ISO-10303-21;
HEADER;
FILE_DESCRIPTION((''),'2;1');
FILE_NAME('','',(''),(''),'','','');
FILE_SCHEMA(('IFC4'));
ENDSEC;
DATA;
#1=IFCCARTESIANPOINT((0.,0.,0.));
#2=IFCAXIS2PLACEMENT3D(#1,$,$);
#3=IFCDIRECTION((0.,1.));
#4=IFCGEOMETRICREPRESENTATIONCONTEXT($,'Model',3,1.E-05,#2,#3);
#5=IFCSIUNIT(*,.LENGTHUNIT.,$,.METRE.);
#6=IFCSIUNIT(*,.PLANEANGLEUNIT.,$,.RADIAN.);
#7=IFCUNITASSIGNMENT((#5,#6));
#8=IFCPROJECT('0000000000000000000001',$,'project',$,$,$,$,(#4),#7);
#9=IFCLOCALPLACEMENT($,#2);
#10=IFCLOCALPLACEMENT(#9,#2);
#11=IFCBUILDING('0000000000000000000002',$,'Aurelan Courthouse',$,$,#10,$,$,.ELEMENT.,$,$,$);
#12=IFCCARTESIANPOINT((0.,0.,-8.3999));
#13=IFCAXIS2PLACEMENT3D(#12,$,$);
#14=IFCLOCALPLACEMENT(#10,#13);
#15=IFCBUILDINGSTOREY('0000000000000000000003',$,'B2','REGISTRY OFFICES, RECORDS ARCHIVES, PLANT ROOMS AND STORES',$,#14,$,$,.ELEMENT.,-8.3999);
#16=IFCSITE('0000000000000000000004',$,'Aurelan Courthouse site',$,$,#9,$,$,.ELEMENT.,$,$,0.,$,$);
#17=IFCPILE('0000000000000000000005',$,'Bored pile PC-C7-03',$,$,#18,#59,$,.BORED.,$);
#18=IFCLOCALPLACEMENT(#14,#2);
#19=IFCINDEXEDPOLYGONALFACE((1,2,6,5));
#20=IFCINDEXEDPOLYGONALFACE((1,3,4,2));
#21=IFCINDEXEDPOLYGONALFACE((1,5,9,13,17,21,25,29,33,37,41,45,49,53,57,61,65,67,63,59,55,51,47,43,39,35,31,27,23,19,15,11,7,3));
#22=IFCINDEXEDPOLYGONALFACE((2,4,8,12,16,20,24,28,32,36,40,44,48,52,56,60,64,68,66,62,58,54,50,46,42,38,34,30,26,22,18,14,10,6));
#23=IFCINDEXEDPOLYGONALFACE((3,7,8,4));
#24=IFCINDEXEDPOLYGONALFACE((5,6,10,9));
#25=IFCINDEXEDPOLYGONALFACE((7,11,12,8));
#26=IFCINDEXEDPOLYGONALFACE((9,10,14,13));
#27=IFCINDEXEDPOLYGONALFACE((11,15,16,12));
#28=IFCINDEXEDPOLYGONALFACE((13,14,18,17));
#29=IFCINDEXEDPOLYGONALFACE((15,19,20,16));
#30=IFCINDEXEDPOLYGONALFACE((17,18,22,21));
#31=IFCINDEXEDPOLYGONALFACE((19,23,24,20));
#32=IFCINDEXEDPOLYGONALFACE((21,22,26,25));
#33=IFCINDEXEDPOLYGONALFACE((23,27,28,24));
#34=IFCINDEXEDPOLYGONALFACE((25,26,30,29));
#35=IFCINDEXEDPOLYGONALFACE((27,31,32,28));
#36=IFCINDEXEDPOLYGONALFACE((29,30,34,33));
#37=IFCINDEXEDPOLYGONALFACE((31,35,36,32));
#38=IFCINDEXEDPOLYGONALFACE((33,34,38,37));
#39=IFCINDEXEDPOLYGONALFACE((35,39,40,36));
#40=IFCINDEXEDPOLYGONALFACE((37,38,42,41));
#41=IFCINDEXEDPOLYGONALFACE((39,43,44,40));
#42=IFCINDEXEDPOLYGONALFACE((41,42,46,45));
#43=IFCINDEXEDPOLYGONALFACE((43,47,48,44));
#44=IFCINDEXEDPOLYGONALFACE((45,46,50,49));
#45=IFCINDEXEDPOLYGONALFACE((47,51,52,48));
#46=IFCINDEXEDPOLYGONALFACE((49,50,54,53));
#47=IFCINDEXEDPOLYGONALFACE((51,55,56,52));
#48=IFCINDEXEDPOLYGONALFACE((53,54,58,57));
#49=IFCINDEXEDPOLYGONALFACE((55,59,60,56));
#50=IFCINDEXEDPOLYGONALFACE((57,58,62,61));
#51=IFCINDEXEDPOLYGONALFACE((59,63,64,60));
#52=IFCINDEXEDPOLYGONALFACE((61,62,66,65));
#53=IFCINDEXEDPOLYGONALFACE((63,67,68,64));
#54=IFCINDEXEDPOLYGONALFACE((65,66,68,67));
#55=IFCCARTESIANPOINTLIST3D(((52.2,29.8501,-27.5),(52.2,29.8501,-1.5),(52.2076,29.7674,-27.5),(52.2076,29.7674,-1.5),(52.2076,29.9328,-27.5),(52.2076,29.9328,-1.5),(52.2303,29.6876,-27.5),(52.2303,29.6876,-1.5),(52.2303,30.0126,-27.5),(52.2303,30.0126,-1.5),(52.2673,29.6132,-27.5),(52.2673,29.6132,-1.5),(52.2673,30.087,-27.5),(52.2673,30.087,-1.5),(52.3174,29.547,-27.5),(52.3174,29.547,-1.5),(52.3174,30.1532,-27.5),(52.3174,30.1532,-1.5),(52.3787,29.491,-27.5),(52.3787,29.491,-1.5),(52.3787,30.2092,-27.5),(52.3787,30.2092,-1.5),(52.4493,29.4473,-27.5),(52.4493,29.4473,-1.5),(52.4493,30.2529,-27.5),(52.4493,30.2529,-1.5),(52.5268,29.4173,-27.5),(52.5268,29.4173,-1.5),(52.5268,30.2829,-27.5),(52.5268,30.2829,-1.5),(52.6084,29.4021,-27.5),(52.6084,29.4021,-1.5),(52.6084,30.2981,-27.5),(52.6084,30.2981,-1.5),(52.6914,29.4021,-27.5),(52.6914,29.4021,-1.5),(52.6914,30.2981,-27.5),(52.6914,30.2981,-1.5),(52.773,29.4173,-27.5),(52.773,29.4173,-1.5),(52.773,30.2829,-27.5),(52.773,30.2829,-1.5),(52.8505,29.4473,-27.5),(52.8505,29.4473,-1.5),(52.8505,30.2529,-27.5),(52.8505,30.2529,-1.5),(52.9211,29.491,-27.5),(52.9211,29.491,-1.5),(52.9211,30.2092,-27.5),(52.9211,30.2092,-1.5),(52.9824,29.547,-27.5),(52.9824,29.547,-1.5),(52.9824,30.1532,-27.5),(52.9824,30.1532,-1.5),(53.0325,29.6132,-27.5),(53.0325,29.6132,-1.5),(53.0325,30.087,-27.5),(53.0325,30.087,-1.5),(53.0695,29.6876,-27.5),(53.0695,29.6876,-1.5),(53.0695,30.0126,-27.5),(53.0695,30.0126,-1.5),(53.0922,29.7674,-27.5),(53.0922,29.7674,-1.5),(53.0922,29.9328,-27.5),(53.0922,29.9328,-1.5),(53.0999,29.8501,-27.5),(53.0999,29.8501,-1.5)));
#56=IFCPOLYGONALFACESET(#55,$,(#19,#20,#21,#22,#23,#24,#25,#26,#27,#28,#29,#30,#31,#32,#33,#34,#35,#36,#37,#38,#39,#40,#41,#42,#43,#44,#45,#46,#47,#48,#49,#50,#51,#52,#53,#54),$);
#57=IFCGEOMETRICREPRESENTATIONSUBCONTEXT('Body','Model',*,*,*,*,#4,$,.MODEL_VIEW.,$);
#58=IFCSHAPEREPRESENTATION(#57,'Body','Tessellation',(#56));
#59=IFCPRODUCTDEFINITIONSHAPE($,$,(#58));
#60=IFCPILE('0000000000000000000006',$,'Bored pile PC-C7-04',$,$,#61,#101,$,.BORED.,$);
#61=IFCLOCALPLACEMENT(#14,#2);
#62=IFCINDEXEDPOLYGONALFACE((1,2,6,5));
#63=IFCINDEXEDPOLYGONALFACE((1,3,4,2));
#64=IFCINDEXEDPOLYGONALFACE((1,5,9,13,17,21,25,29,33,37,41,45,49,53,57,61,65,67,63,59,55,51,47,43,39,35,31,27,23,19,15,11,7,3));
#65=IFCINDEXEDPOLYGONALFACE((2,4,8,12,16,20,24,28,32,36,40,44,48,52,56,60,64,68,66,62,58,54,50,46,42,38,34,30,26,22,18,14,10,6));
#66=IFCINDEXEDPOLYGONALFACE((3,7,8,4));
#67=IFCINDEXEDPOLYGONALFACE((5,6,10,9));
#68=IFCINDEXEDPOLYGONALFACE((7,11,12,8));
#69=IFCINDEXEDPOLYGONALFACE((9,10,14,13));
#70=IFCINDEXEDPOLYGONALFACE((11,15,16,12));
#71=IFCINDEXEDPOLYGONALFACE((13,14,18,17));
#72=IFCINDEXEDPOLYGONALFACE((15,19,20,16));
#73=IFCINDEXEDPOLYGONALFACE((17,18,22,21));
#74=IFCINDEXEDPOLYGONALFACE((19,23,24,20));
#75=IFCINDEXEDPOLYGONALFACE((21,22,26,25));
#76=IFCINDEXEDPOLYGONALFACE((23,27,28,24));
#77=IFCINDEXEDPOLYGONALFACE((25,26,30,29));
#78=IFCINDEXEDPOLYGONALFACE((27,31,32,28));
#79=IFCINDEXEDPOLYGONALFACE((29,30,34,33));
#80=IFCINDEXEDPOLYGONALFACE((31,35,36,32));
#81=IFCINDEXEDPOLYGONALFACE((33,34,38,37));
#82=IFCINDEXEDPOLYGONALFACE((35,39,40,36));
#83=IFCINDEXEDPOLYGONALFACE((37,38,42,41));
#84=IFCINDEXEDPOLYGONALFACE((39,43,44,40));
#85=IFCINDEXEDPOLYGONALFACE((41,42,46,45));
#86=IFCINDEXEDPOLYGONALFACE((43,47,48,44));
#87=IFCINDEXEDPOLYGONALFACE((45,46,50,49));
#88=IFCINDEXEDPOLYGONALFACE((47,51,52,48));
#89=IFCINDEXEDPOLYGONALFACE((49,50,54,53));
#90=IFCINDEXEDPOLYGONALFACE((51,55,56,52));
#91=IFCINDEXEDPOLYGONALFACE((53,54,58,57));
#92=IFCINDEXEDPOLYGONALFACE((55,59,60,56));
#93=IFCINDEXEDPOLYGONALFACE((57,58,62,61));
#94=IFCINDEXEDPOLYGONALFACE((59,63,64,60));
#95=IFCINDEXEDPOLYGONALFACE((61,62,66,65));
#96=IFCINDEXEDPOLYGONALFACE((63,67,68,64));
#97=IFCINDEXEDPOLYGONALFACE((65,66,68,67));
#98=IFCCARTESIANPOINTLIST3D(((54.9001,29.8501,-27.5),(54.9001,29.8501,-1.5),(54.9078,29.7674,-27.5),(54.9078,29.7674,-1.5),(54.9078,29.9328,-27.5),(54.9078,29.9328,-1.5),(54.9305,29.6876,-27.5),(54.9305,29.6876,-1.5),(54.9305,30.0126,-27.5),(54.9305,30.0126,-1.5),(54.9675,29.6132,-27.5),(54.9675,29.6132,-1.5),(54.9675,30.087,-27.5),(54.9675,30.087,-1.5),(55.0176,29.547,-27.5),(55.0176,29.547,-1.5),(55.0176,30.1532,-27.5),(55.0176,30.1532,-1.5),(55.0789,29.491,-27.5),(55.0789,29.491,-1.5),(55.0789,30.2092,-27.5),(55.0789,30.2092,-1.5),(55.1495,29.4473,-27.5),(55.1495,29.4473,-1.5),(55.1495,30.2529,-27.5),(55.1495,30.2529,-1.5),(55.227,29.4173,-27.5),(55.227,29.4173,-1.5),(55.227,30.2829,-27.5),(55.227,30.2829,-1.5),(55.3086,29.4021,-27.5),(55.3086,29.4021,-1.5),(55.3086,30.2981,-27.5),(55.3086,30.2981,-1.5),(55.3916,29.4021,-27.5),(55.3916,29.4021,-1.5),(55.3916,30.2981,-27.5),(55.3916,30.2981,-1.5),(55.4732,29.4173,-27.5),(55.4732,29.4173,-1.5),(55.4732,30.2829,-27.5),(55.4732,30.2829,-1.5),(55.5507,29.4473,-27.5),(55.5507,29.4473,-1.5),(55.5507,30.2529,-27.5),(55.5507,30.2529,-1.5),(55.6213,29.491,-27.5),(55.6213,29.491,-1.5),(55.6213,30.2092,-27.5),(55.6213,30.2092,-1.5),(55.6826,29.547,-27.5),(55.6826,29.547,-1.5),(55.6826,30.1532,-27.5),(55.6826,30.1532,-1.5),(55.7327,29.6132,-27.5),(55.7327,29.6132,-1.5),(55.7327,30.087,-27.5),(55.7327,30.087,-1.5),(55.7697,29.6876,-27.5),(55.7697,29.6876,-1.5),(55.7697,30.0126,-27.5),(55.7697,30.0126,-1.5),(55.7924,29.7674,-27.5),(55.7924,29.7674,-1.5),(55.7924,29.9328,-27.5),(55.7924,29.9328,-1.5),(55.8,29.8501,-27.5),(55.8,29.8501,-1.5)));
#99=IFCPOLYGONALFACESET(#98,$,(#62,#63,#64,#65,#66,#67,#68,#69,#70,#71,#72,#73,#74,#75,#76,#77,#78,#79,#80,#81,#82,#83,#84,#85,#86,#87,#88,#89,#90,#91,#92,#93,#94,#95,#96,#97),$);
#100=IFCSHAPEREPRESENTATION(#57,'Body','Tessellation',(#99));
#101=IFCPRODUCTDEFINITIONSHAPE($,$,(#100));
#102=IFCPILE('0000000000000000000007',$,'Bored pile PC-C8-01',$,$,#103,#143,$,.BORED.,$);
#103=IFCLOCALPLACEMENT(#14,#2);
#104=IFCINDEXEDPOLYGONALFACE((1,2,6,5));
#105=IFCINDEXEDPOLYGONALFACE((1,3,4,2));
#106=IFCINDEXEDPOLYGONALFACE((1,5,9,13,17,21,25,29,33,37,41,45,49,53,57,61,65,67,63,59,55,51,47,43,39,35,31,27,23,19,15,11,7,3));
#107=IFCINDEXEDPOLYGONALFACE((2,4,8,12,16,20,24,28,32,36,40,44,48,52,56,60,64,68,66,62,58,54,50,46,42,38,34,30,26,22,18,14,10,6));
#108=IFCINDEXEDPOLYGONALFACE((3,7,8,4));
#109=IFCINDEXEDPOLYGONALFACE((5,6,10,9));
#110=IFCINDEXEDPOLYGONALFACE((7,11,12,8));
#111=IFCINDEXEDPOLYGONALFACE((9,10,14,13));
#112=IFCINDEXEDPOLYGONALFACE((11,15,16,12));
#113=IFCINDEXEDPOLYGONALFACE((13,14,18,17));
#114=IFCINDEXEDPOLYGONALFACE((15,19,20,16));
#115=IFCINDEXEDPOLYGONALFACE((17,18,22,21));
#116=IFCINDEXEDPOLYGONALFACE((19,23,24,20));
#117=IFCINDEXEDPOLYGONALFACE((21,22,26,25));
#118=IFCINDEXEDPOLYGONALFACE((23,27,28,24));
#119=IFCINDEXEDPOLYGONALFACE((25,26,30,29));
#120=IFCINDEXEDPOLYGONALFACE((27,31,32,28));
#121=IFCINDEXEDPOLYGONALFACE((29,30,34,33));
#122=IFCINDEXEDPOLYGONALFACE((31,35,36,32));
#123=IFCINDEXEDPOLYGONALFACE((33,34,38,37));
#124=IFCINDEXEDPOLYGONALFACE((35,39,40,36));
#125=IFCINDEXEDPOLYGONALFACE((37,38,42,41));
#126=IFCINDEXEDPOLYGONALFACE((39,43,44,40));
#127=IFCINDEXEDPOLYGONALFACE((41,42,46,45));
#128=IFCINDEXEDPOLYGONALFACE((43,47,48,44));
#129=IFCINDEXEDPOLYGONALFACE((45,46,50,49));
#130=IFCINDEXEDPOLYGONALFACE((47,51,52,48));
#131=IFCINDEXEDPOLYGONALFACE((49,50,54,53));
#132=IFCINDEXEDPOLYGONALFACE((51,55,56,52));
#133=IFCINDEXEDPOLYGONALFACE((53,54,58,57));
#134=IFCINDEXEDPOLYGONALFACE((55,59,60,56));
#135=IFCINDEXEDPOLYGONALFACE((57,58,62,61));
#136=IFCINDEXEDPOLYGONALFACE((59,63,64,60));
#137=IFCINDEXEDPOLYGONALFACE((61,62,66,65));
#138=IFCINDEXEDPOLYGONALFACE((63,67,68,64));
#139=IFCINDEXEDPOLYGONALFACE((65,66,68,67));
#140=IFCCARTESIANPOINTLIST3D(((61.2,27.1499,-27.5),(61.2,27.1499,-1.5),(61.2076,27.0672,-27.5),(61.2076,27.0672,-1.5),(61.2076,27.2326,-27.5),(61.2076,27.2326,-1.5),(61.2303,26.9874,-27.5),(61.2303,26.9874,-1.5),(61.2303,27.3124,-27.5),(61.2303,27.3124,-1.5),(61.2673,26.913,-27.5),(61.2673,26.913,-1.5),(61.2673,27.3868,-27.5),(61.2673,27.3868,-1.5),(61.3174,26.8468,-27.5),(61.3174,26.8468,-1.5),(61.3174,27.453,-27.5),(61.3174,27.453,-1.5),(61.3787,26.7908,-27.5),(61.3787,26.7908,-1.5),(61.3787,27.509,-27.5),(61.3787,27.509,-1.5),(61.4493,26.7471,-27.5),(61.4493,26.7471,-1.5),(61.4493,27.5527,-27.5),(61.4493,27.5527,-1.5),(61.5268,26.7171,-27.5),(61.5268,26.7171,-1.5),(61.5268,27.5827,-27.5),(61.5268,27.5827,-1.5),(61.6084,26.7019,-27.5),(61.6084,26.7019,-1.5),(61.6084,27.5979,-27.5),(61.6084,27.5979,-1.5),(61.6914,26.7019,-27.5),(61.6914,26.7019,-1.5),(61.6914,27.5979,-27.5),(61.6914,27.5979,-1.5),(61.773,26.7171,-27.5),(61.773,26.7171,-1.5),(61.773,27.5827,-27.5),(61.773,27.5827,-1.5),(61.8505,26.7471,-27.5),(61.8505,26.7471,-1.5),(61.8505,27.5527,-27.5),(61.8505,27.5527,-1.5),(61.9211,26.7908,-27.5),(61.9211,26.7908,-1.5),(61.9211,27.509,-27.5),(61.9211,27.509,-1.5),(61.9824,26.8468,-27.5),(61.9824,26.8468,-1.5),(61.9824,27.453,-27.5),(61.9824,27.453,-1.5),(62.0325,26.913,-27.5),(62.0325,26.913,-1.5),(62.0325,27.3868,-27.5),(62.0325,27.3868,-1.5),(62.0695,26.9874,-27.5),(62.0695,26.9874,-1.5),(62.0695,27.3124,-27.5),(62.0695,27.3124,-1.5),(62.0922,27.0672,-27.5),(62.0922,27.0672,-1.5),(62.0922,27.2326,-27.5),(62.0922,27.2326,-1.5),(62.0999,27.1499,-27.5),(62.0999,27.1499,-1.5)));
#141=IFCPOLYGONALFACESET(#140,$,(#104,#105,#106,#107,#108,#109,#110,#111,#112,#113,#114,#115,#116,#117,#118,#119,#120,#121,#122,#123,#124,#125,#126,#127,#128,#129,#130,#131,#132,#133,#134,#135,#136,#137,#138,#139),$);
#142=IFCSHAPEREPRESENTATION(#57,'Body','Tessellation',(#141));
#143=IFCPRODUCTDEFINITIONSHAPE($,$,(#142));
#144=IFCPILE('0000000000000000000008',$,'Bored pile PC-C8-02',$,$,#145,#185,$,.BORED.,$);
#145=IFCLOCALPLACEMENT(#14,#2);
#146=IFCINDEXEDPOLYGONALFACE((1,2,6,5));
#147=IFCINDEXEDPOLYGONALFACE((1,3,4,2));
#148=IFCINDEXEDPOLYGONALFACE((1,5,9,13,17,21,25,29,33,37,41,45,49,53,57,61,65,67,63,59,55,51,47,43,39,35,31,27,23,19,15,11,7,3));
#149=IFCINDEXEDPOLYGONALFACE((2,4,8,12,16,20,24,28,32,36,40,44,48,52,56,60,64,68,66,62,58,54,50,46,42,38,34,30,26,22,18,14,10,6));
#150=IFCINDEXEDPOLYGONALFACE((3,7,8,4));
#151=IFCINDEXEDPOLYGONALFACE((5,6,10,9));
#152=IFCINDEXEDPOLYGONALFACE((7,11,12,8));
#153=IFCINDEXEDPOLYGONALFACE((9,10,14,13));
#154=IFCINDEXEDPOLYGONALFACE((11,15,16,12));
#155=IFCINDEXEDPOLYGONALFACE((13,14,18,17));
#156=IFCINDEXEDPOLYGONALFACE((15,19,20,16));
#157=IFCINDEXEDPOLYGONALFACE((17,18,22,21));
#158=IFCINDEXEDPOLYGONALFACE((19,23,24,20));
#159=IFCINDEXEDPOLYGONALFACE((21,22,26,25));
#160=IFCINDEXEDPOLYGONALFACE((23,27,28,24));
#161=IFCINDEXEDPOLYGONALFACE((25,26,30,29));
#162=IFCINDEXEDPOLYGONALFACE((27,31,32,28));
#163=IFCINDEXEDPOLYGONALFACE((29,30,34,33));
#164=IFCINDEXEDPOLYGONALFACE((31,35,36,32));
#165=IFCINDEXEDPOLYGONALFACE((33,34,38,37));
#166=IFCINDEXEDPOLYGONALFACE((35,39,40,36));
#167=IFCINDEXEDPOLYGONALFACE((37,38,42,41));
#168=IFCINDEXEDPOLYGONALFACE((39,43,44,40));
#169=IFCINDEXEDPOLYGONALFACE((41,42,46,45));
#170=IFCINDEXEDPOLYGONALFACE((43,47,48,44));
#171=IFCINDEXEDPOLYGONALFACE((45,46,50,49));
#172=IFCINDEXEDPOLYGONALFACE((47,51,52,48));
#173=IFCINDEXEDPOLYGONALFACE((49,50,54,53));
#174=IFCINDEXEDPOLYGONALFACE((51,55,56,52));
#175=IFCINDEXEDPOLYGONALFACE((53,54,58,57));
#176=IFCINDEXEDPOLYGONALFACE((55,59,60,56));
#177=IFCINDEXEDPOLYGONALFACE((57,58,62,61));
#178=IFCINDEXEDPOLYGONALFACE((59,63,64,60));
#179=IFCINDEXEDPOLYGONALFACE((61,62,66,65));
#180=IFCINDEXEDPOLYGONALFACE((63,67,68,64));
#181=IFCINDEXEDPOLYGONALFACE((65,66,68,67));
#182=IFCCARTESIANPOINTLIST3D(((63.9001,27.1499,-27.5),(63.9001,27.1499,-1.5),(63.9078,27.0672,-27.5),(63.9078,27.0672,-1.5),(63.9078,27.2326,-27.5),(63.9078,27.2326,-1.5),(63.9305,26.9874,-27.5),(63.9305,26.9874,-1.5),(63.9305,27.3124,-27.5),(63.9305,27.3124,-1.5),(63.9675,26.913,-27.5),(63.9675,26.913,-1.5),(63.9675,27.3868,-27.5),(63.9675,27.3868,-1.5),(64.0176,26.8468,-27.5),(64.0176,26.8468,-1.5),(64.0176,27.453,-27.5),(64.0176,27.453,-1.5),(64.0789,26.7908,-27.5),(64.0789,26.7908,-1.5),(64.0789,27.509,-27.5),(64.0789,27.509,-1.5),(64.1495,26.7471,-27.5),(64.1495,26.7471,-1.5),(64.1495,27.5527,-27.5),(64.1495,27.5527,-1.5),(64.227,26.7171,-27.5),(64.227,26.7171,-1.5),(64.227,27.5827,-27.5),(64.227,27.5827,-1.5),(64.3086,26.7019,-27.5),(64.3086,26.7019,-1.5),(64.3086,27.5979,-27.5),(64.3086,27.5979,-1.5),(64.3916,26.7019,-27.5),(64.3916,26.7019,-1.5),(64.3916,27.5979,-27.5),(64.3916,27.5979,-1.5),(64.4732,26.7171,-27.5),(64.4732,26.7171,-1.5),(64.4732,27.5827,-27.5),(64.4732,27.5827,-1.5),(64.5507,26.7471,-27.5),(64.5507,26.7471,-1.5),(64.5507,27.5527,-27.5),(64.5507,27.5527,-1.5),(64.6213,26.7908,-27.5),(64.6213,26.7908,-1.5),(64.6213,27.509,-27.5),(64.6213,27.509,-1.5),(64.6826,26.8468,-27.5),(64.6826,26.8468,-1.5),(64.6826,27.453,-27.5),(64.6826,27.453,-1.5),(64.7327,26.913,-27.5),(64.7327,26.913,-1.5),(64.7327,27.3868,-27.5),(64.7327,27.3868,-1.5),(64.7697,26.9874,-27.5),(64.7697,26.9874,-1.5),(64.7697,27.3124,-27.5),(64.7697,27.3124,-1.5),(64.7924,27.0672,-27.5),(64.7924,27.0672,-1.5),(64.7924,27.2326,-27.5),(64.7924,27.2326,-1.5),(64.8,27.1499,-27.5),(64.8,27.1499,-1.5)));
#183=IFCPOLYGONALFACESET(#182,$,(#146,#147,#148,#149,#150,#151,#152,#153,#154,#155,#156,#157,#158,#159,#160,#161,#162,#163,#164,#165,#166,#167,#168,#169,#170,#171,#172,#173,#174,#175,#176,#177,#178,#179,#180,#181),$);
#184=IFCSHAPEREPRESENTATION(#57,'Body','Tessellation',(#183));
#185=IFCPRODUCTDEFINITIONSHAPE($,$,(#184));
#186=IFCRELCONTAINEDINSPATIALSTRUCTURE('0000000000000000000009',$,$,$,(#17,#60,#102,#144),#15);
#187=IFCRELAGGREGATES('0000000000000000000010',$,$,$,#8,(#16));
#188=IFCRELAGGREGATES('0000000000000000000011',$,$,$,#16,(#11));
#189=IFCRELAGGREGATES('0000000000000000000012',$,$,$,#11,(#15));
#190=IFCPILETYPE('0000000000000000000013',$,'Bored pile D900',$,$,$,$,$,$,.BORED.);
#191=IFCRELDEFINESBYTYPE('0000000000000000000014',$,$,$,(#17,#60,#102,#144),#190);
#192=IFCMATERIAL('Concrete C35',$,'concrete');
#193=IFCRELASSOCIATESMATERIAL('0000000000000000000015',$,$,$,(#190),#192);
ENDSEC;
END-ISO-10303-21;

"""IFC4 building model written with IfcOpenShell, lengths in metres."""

from ifc_helpers import new_model, si_unit, direction, frame, origin, origin_2d, place, context, subcontext, project, spatial, circle, extrude, material, material_profile, profile_set, type_object, element, save


model = new_model("IFC4")

# Units and contexts
model_context = context("Model", 3, precision=1e-05, world=origin(), true_north=direction((0.0, 1.0)))
body_context = subcontext(model_context, "Body", "Model", "MODEL_VIEW")
ifc_project = project(units=[si_unit("LENGTHUNIT", "METRE"), si_unit("PLANEANGLEUNIT", "RADIAN")], contexts=[model_context])

# Site, building, storey
site_placement = place(None, origin())
site = spatial("IfcSite", under=ifc_project, at=site_placement, Name="Aurelan Courthouse site", CompositionType="ELEMENT", RefElevation=0.0)
building_placement = place(site_placement, origin())
building = spatial("IfcBuilding", under=site, at=building_placement, Name="Aurelan Courthouse", CompositionType="ELEMENT")
storey_placement = place(building_placement, frame((0.0, 0.0, -8.3999)))
storey = spatial("IfcBuildingStorey", under=building, at=storey_placement, Name="B2", Description="REGISTRY OFFICES, RECORDS ARCHIVES, PLANT ROOMS AND STORES", CompositionType="ELEMENT", Elevation=-8.3999)

# Piles
ifc_material_1 = material(Name="Concrete C35", Category="concrete")
ifc_material_profile_1 = material_profile(ifc_material_1, circle(Radius=0.45, at=origin_2d()), Name="D900")
ifc_profile_set_1 = profile_set([ifc_material_profile_1], Name="Concrete C35")
pile_type = type_object("IfcPileType", Name="Bored pile D900", PredefinedType="BORED", material=ifc_profile_set_1)
for number, where, z_axis, x_axis, name in (
    (1, (52.6499, 29.8501, -1.5), (0.0, 0.0, -1.0), (1.0, 0.0, 0.0), "Bored pile PC-C7-03"),
    (2, (55.3501, 29.8501, -1.5), (0.0, 0.0, -1.0), (1.0, 0.0, 0.0), "Bored pile PC-C7-04"),
    (3, (61.6499, 27.1499, -1.5), (0.0, 0.0, -1.0), (1.0, 0.0, 0.0), "Bored pile PC-C8-01"),
    (4, (64.3501, 27.1499, -1.5), (0.0, 0.0, -1.0), (1.0, 0.0, 0.0), "Bored pile PC-C8-02"),
):
    element("IfcPile", number, at=place(storey_placement, frame(where, z_axis=z_axis, x_axis=x_axis)), inside=storey, type_object=pile_type, Name=name, PredefinedType="BORED", context=body_context, shape_type="SweptSolid", body=[
        extrude(circle(Radius=0.45, at=origin_2d()), origin(), (0.0, 0.0, 1.0), 26.0),
    ])

save(model, "model.ifc")
